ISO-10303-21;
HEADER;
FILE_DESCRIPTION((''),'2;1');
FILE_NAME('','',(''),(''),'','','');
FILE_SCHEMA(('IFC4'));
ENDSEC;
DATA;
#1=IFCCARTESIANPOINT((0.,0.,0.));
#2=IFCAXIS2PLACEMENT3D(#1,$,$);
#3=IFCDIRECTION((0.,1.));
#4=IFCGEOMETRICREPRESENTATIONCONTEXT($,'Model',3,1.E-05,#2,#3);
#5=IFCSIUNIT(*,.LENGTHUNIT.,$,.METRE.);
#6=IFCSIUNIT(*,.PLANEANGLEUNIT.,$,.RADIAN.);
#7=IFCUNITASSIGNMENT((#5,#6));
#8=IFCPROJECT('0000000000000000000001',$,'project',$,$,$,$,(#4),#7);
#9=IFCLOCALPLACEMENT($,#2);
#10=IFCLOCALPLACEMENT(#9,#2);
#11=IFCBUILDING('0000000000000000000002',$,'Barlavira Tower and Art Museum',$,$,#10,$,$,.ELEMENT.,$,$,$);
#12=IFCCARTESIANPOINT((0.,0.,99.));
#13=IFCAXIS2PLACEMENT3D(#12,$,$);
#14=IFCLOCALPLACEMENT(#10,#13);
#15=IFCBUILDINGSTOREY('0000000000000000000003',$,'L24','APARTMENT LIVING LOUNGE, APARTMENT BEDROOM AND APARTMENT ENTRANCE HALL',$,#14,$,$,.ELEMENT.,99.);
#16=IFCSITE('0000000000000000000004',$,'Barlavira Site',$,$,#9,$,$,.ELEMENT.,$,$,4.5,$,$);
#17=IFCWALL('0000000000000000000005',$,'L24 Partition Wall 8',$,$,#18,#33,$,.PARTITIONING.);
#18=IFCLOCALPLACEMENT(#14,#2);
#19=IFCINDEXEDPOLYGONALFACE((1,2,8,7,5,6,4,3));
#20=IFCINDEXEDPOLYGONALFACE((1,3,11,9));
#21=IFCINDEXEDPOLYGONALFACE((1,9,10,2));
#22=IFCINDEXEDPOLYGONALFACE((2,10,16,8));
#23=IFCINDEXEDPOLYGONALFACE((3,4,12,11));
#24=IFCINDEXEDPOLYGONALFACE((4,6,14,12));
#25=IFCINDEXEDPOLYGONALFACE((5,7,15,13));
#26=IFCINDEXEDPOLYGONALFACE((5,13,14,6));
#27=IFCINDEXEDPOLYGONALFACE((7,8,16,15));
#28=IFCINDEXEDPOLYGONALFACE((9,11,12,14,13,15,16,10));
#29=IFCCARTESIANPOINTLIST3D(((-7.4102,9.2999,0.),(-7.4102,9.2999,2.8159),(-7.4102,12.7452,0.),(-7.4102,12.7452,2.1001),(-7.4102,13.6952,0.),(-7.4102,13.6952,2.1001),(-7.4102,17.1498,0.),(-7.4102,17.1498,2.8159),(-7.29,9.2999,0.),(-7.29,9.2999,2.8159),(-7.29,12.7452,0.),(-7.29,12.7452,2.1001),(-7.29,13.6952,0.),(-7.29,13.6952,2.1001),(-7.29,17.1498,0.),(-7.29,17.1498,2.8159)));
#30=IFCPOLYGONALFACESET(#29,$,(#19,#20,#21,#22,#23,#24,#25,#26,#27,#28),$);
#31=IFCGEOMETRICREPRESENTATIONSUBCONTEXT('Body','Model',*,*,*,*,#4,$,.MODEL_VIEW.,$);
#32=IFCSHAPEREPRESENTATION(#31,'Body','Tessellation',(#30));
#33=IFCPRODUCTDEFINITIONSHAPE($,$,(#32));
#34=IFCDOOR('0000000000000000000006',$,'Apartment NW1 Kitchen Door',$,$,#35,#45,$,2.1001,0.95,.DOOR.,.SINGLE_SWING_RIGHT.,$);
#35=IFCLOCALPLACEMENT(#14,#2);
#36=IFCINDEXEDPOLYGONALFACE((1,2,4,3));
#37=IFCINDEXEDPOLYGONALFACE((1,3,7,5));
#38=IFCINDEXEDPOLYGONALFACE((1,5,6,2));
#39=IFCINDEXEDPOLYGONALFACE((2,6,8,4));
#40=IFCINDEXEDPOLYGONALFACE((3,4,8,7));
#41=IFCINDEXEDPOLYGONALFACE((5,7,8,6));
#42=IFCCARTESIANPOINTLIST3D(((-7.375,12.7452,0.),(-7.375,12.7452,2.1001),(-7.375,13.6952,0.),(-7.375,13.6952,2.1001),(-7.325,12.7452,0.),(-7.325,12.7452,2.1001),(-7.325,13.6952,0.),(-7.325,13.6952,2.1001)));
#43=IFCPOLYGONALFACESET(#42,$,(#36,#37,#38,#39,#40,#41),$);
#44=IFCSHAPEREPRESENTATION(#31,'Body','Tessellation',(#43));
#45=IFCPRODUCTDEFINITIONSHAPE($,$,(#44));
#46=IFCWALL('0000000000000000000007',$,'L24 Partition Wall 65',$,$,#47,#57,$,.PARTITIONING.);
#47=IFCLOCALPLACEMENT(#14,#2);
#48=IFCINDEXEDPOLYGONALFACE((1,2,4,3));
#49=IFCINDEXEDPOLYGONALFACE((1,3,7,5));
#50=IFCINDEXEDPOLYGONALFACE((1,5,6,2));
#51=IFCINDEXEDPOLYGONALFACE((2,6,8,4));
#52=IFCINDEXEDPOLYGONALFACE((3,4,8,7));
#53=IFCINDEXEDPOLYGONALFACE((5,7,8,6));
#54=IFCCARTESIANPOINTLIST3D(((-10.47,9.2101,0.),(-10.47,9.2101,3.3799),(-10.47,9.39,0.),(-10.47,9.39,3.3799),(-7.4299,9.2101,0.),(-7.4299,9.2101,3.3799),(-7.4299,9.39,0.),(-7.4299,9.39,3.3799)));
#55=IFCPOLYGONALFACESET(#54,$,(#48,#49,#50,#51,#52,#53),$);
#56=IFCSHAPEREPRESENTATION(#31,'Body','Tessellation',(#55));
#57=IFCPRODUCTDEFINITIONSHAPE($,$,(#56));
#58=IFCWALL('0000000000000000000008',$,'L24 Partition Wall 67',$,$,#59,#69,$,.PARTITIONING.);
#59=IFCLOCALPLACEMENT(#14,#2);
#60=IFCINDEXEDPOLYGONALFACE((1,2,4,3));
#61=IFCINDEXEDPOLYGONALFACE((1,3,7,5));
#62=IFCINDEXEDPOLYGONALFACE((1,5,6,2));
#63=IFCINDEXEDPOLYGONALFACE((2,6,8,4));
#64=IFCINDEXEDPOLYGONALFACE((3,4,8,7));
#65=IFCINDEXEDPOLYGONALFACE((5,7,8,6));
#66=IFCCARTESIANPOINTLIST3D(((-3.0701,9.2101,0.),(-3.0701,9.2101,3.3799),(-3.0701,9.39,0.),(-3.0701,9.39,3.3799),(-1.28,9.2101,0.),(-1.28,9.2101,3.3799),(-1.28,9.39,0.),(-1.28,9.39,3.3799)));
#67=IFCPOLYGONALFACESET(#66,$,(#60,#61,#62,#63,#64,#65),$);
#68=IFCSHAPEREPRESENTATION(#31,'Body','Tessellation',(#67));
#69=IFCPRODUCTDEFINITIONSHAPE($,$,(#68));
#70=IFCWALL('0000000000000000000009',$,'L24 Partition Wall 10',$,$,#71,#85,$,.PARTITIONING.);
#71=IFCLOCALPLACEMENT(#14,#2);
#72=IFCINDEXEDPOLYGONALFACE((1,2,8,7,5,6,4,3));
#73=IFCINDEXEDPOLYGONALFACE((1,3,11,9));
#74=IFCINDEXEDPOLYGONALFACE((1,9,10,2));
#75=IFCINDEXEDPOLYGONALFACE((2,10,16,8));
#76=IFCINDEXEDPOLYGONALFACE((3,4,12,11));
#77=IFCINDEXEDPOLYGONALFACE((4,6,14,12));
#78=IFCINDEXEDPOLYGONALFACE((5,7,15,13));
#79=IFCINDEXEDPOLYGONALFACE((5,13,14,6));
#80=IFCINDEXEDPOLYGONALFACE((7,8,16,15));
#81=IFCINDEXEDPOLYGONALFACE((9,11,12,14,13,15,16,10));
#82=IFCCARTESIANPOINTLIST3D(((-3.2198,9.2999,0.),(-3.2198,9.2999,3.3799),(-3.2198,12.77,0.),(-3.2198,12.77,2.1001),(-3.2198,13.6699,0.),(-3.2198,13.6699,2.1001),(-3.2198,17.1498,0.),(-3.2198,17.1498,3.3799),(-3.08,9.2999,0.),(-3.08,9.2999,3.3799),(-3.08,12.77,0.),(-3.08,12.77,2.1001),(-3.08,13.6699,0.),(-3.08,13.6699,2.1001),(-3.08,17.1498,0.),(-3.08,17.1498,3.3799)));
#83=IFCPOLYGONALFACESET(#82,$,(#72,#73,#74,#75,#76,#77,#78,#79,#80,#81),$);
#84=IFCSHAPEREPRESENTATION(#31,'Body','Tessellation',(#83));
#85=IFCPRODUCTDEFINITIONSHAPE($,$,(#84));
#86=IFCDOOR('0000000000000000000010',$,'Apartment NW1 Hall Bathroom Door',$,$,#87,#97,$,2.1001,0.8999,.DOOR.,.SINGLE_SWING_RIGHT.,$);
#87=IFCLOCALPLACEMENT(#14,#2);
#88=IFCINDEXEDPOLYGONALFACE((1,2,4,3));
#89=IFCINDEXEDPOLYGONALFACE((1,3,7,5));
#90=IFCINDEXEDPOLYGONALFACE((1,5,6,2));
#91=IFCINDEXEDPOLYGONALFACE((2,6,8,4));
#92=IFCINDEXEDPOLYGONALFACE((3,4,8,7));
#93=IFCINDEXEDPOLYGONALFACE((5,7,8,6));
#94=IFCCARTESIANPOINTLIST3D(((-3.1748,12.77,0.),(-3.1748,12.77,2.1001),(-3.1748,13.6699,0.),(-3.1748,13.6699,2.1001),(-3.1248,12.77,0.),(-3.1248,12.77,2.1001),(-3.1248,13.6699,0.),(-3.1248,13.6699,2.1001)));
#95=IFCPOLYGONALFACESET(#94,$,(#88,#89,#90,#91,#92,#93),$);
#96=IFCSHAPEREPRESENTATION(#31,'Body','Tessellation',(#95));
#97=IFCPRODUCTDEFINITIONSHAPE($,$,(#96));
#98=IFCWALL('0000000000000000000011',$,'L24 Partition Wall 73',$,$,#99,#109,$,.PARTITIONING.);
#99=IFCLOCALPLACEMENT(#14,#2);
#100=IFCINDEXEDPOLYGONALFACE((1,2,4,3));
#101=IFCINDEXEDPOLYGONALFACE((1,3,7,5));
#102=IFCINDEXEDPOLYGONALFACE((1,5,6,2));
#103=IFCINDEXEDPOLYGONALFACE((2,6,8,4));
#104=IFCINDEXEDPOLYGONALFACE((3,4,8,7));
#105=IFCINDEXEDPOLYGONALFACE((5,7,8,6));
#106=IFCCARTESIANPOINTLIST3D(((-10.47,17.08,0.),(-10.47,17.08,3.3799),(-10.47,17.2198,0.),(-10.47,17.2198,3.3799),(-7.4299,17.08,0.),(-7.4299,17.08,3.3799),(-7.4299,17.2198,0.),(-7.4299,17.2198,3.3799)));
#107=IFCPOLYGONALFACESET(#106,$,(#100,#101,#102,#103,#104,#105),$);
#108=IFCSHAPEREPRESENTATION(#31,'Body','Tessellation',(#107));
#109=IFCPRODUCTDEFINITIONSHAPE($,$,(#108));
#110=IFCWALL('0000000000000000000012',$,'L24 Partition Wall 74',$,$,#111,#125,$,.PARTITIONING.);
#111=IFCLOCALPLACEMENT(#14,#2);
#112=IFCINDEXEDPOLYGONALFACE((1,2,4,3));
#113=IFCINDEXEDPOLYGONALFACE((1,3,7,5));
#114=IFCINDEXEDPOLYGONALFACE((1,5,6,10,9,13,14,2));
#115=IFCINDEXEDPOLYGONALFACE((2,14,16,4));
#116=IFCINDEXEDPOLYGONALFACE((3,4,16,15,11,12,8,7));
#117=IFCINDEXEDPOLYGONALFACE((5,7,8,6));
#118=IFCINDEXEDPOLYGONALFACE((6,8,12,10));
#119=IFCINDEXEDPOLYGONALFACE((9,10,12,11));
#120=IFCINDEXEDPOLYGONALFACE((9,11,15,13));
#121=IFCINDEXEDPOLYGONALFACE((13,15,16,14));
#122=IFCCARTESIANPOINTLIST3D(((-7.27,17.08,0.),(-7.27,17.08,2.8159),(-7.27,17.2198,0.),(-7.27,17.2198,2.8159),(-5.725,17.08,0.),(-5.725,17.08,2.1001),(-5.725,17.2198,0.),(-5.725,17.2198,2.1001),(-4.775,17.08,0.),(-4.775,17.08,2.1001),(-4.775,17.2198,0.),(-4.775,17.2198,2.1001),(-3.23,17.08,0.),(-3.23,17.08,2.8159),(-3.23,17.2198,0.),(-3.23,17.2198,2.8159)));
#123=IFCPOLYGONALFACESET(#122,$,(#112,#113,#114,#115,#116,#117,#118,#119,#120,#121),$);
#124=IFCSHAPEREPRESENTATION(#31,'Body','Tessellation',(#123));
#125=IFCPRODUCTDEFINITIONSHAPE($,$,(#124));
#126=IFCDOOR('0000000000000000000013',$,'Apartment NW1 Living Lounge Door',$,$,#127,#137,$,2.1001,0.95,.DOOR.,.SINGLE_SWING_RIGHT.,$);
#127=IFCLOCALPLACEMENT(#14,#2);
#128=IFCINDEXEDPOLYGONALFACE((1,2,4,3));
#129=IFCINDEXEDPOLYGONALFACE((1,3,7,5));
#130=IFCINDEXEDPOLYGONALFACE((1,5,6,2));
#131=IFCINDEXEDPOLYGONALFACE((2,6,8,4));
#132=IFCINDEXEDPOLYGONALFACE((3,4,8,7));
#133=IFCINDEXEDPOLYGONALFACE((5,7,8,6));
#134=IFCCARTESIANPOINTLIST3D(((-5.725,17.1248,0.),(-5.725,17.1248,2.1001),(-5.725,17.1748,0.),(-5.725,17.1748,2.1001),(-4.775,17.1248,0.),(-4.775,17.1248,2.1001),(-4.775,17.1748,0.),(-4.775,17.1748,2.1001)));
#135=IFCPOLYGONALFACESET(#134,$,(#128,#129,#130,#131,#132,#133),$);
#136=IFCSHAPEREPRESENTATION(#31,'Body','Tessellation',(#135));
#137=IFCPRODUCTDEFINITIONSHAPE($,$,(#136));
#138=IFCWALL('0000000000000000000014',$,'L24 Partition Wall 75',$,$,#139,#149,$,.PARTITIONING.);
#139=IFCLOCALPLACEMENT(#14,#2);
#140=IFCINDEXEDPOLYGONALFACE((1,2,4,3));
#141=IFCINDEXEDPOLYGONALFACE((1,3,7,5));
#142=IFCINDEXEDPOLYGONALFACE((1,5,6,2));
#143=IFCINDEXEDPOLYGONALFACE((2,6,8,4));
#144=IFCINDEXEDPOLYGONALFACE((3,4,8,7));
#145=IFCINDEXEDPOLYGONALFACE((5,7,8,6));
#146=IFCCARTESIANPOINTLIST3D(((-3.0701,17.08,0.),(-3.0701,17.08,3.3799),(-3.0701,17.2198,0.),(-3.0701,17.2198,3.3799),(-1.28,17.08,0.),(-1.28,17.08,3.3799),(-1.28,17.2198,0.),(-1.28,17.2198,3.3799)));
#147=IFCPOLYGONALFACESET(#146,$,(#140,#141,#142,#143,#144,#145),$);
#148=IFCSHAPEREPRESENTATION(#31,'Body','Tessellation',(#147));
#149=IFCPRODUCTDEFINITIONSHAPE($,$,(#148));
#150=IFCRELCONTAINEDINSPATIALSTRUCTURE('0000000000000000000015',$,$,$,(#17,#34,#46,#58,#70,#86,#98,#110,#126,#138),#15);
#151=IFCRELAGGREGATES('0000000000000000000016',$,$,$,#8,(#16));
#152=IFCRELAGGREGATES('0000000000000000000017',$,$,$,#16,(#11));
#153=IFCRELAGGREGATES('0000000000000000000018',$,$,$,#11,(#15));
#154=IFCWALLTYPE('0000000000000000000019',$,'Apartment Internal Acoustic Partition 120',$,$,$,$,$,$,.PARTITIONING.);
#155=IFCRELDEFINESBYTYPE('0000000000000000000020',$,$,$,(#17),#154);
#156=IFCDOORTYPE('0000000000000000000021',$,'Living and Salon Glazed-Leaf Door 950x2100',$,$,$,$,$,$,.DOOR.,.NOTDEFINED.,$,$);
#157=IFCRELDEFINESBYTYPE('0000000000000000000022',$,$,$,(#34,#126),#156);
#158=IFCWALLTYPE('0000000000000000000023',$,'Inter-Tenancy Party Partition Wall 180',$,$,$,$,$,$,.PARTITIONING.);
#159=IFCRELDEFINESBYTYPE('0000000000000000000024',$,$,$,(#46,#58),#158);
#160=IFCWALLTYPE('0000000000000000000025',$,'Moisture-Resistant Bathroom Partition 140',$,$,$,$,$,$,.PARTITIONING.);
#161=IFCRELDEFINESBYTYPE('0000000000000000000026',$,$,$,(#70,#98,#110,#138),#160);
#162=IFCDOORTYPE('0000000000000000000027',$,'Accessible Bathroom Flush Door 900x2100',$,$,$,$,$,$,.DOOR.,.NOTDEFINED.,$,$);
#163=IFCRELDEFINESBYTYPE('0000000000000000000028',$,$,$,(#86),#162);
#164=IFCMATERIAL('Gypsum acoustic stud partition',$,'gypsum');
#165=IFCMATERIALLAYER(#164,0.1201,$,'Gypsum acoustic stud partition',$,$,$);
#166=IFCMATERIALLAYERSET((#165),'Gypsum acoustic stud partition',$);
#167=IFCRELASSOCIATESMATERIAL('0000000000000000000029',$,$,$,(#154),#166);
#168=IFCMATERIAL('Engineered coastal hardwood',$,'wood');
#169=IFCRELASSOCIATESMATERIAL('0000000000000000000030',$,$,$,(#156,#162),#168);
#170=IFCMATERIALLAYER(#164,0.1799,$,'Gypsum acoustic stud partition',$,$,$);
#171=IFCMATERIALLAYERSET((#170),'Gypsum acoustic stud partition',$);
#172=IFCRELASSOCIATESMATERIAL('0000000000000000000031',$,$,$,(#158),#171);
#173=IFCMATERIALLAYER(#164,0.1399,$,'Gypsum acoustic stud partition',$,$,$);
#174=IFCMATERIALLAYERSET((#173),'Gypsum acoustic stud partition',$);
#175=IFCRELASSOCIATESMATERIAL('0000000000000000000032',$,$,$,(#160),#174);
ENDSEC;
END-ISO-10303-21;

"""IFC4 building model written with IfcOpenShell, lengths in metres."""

from ifc_helpers import new_model, si_unit, direction, frame, frame_2d, origin, place, context, subcontext, project, spatial, rectangle, extrude, material, layer, layer_set, type_object, element, fill, save


model = new_model("IFC4")

# Units and contexts
model_context = context("Model", 3, precision=1e-05, world=origin(), true_north=direction((0.0, 1.0)))
body_context = subcontext(model_context, "Body", "Model", "MODEL_VIEW")
ifc_project = project(units=[si_unit("LENGTHUNIT", "METRE"), si_unit("PLANEANGLEUNIT", "RADIAN")], contexts=[model_context])

# Site, building, storey
site_placement = place(None, origin())
site = spatial("IfcSite", under=ifc_project, at=site_placement, Name="Barlavira Site", CompositionType="ELEMENT", RefElevation=4.5)
building_placement = place(site_placement, origin())
building = spatial("IfcBuilding", under=site, at=building_placement, Name="Barlavira Tower and Art Museum", CompositionType="ELEMENT")
storey_placement = place(building_placement, frame((0.0, 0.0, 99.0)))
storey = spatial("IfcBuildingStorey", under=building, at=storey_placement, Name="L24", Description="APARTMENT LIVING LOUNGE, APARTMENT BEDROOM AND APARTMENT ENTRANCE HALL", CompositionType="ELEMENT", Elevation=99.0)

# Shared definitions
ifc_material_1 = material(Name="Gypsum acoustic stud partition", Category="gypsum")
ifc_layer_1 = layer(ifc_material_1, 0.1201, Name="Gypsum acoustic stud partition")
ifc_layer_set_1 = layer_set([ifc_layer_1], Name="Gypsum acoustic stud partition")
wall_type_1 = type_object("IfcWallType", Name="Apartment Internal Acoustic Partition 120", PredefinedType="PARTITIONING", material=ifc_layer_set_1)
ifc_material_2 = material(Name="Engineered coastal hardwood", Category="wood")

# Wall, opening, door
wall_1_placement = place(storey_placement, frame((-7.3501, 9.3, 0.0), z_axis=(0.0, 0.0, 1.0), x_axis=(0.0, 1.0, 0.0)))
wall_1 = element("IfcWall", 1, at=wall_1_placement, inside=storey, type_object=wall_type_1, Name="L24 Partition Wall 8", PredefinedType="PARTITIONING", context=body_context, shape_type="SweptSolid", body=[
    extrude(rectangle(XDim=7.8499, YDim=0.1201, at=frame_2d((3.9248, 0.0))), origin(), (0.0, 0.0, 1.0), 2.8159),
])
opening_1_placement = place(wall_1_placement, frame((3.4451, 0.0, 0.0)))
opening_1 = element("IfcOpeningElement", 2, at=opening_1_placement, cuts=wall_1, PredefinedType="OPENING", context=body_context, shape_type="SweptSolid", body=[
    extrude(rectangle(XDim=0.95, YDim=2.1001, at=frame_2d((0.4751, 1.05))), frame((0.0, 0.0701, 0.0), z_axis=(0.0, -1.0, 0.0), x_axis=(1.0, 0.0, 0.0)), (0.0, 0.0, 1.0), 0.1401),
])
door_type_1 = type_object("IfcDoorType", Name="Living and Salon Glazed-Leaf Door 950x2100", OperationType="NOTDEFINED", PredefinedType="DOOR", material=ifc_material_2)
door_1_placement = place(opening_1_placement, origin())
door_1 = element("IfcDoor", 3, at=door_1_placement, inside=storey, type_object=door_type_1, Name="Apartment NW1 Kitchen Door", OperationType="SINGLE_SWING_RIGHT", OverallHeight=2.1001, OverallWidth=0.95, PredefinedType="DOOR", context=body_context, shape_type="SweptSolid", body=[
    extrude(rectangle(XDim=0.95, YDim=2.1001, at=frame_2d((0.4751, 1.05))), frame((0.0, 0.0249, 0.0), z_axis=(0.0, -1.0, 0.0), x_axis=(1.0, 0.0, 0.0)), (0.0, 0.0, 1.0), 0.05),
])
fill(opening_1, door_1)

# Wall
ifc_layer_2 = layer(ifc_material_1, 0.1799, Name="Gypsum acoustic stud partition")
ifc_layer_set_2 = layer_set([ifc_layer_2], Name="Gypsum acoustic stud partition")
wall_type_2 = type_object("IfcWallType", Name="Inter-Tenancy Party Partition Wall 180", PredefinedType="PARTITIONING", material=ifc_layer_set_2)
wall_2_placement = place(storey_placement, frame((-10.47, 9.3, 0.0), z_axis=(0.0, 0.0, 1.0), x_axis=(1.0, 0.0, 0.0)))
element("IfcWall", 4, at=wall_2_placement, inside=storey, type_object=wall_type_2, Name="L24 Partition Wall 65", PredefinedType="PARTITIONING", context=body_context, shape_type="SweptSolid", body=[
    extrude(rectangle(XDim=3.04, YDim=0.1799, at=frame_2d((1.52, 0.0))), origin(), (0.0, 0.0, 1.0), 3.3799),
])

# Wall
wall_3_placement = place(storey_placement, frame((-3.0701, 9.3, 0.0), z_axis=(0.0, 0.0, 1.0), x_axis=(1.0, 0.0, 0.0)))
element("IfcWall", 5, at=wall_3_placement, inside=storey, type_object=wall_type_2, Name="L24 Partition Wall 67", PredefinedType="PARTITIONING", context=body_context, shape_type="SweptSolid", body=[
    extrude(rectangle(XDim=1.79, YDim=0.1799, at=frame_2d((0.895, 0.0))), origin(), (0.0, 0.0, 1.0), 3.3799),
])

# Wall, opening, door
ifc_layer_3 = layer(ifc_material_1, 0.1399, Name="Gypsum acoustic stud partition")
ifc_layer_set_3 = layer_set([ifc_layer_3], Name="Gypsum acoustic stud partition")
wall_type_3 = type_object("IfcWallType", Name="Moisture-Resistant Bathroom Partition 140", PredefinedType="PARTITIONING", material=ifc_layer_set_3)
wall_4_placement = place(storey_placement, frame((-3.1499, 9.3, 0.0), z_axis=(0.0, 0.0, 1.0), x_axis=(0.0, 1.0, 0.0)))
wall_4 = element("IfcWall", 6, at=wall_4_placement, inside=storey, type_object=wall_type_3, Name="L24 Partition Wall 10", PredefinedType="PARTITIONING", context=body_context, shape_type="SweptSolid", body=[
    extrude(rectangle(XDim=7.8499, YDim=0.1399, at=frame_2d((3.9248, 0.0))), origin(), (0.0, 0.0, 1.0), 3.3799),
])
opening_2_placement = place(wall_4_placement, frame((3.47, 0.0, 0.0)))
opening_2 = element("IfcOpeningElement", 7, at=opening_2_placement, cuts=wall_4, PredefinedType="OPENING", context=body_context, shape_type="SweptSolid", body=[
    extrude(rectangle(XDim=0.8999, YDim=2.1001, at=frame_2d((0.45, 1.05))), frame((0.0, 0.0801, 0.0), z_axis=(0.0, -1.0, 0.0), x_axis=(1.0, 0.0, 0.0)), (0.0, 0.0, 1.0), 0.1599),
])
door_type_2 = type_object("IfcDoorType", Name="Accessible Bathroom Flush Door 900x2100", OperationType="NOTDEFINED", PredefinedType="DOOR", material=ifc_material_2)
door_2_placement = place(opening_2_placement, origin())
door_2 = element("IfcDoor", 8, at=door_2_placement, inside=storey, type_object=door_type_2, Name="Apartment NW1 Hall Bathroom Door", OperationType="SINGLE_SWING_RIGHT", OverallHeight=2.1001, OverallWidth=0.8999, PredefinedType="DOOR", context=body_context, shape_type="SweptSolid", body=[
    extrude(rectangle(XDim=0.8999, YDim=2.1001, at=frame_2d((0.45, 1.05))), frame((0.0, 0.0249, 0.0), z_axis=(0.0, -1.0, 0.0), x_axis=(1.0, 0.0, 0.0)), (0.0, 0.0, 1.0), 0.05),
])
fill(opening_2, door_2)

# Wall
wall_5_placement = place(storey_placement, frame((-10.47, 17.1499, 0.0), z_axis=(0.0, 0.0, 1.0), x_axis=(1.0, 0.0, 0.0)))
element("IfcWall", 9, at=wall_5_placement, inside=storey, type_object=wall_type_3, Name="L24 Partition Wall 73", PredefinedType="PARTITIONING", context=body_context, shape_type="SweptSolid", body=[
    extrude(rectangle(XDim=3.04, YDim=0.1399, at=frame_2d((1.52, 0.0))), origin(), (0.0, 0.0, 1.0), 3.3799),
])

# Wall, opening, door
wall_6_placement = place(storey_placement, frame((-7.27, 17.1499, 0.0), z_axis=(0.0, 0.0, 1.0), x_axis=(1.0, 0.0, 0.0)))
wall_6 = element("IfcWall", 10, at=wall_6_placement, inside=storey, type_object=wall_type_3, Name="L24 Partition Wall 74", PredefinedType="PARTITIONING", context=body_context, shape_type="SweptSolid", body=[
    extrude(rectangle(XDim=4.04, YDim=0.1399, at=frame_2d((2.02, 0.0))), origin(), (0.0, 0.0, 1.0), 2.8159),
])
opening_3_placement = place(wall_6_placement, frame((1.5449, 0.0, 0.0)))
opening_3 = element("IfcOpeningElement", 11, at=opening_3_placement, cuts=wall_6, PredefinedType="OPENING", context=body_context, shape_type="SweptSolid", body=[
    extrude(rectangle(XDim=0.95, YDim=2.1001, at=frame_2d((0.4751, 1.05))), frame((0.0, 0.0801, 0.0), z_axis=(0.0, -1.0, 0.0), x_axis=(1.0, 0.0, 0.0)), (0.0, 0.0, 1.0), 0.1599),
])
door_3_placement = place(opening_3_placement, origin())
door_3 = element("IfcDoor", 12, at=door_3_placement, inside=storey, type_object=door_type_1, Name="Apartment NW1 Living Lounge Door", OperationType="SINGLE_SWING_RIGHT", OverallHeight=2.1001, OverallWidth=0.95, PredefinedType="DOOR", context=body_context, shape_type="SweptSolid", body=[
    extrude(rectangle(XDim=0.95, YDim=2.1001, at=frame_2d((0.4751, 1.05))), frame((0.0, 0.0249, 0.0), z_axis=(0.0, -1.0, 0.0), x_axis=(1.0, 0.0, 0.0)), (0.0, 0.0, 1.0), 0.05),
])
fill(opening_3, door_3)

# Wall
wall_7_placement = place(storey_placement, frame((-3.0701, 17.1499, 0.0), z_axis=(0.0, 0.0, 1.0), x_axis=(1.0, 0.0, 0.0)))
element("IfcWall", 13, at=wall_7_placement, inside=storey, type_object=wall_type_3, Name="L24 Partition Wall 75", PredefinedType="PARTITIONING", context=body_context, shape_type="SweptSolid", body=[
    extrude(rectangle(XDim=1.79, YDim=0.1399, at=frame_2d((0.895, 0.0))), origin(), (0.0, 0.0, 1.0), 3.3799),
])

save(model, "model.ifc")
